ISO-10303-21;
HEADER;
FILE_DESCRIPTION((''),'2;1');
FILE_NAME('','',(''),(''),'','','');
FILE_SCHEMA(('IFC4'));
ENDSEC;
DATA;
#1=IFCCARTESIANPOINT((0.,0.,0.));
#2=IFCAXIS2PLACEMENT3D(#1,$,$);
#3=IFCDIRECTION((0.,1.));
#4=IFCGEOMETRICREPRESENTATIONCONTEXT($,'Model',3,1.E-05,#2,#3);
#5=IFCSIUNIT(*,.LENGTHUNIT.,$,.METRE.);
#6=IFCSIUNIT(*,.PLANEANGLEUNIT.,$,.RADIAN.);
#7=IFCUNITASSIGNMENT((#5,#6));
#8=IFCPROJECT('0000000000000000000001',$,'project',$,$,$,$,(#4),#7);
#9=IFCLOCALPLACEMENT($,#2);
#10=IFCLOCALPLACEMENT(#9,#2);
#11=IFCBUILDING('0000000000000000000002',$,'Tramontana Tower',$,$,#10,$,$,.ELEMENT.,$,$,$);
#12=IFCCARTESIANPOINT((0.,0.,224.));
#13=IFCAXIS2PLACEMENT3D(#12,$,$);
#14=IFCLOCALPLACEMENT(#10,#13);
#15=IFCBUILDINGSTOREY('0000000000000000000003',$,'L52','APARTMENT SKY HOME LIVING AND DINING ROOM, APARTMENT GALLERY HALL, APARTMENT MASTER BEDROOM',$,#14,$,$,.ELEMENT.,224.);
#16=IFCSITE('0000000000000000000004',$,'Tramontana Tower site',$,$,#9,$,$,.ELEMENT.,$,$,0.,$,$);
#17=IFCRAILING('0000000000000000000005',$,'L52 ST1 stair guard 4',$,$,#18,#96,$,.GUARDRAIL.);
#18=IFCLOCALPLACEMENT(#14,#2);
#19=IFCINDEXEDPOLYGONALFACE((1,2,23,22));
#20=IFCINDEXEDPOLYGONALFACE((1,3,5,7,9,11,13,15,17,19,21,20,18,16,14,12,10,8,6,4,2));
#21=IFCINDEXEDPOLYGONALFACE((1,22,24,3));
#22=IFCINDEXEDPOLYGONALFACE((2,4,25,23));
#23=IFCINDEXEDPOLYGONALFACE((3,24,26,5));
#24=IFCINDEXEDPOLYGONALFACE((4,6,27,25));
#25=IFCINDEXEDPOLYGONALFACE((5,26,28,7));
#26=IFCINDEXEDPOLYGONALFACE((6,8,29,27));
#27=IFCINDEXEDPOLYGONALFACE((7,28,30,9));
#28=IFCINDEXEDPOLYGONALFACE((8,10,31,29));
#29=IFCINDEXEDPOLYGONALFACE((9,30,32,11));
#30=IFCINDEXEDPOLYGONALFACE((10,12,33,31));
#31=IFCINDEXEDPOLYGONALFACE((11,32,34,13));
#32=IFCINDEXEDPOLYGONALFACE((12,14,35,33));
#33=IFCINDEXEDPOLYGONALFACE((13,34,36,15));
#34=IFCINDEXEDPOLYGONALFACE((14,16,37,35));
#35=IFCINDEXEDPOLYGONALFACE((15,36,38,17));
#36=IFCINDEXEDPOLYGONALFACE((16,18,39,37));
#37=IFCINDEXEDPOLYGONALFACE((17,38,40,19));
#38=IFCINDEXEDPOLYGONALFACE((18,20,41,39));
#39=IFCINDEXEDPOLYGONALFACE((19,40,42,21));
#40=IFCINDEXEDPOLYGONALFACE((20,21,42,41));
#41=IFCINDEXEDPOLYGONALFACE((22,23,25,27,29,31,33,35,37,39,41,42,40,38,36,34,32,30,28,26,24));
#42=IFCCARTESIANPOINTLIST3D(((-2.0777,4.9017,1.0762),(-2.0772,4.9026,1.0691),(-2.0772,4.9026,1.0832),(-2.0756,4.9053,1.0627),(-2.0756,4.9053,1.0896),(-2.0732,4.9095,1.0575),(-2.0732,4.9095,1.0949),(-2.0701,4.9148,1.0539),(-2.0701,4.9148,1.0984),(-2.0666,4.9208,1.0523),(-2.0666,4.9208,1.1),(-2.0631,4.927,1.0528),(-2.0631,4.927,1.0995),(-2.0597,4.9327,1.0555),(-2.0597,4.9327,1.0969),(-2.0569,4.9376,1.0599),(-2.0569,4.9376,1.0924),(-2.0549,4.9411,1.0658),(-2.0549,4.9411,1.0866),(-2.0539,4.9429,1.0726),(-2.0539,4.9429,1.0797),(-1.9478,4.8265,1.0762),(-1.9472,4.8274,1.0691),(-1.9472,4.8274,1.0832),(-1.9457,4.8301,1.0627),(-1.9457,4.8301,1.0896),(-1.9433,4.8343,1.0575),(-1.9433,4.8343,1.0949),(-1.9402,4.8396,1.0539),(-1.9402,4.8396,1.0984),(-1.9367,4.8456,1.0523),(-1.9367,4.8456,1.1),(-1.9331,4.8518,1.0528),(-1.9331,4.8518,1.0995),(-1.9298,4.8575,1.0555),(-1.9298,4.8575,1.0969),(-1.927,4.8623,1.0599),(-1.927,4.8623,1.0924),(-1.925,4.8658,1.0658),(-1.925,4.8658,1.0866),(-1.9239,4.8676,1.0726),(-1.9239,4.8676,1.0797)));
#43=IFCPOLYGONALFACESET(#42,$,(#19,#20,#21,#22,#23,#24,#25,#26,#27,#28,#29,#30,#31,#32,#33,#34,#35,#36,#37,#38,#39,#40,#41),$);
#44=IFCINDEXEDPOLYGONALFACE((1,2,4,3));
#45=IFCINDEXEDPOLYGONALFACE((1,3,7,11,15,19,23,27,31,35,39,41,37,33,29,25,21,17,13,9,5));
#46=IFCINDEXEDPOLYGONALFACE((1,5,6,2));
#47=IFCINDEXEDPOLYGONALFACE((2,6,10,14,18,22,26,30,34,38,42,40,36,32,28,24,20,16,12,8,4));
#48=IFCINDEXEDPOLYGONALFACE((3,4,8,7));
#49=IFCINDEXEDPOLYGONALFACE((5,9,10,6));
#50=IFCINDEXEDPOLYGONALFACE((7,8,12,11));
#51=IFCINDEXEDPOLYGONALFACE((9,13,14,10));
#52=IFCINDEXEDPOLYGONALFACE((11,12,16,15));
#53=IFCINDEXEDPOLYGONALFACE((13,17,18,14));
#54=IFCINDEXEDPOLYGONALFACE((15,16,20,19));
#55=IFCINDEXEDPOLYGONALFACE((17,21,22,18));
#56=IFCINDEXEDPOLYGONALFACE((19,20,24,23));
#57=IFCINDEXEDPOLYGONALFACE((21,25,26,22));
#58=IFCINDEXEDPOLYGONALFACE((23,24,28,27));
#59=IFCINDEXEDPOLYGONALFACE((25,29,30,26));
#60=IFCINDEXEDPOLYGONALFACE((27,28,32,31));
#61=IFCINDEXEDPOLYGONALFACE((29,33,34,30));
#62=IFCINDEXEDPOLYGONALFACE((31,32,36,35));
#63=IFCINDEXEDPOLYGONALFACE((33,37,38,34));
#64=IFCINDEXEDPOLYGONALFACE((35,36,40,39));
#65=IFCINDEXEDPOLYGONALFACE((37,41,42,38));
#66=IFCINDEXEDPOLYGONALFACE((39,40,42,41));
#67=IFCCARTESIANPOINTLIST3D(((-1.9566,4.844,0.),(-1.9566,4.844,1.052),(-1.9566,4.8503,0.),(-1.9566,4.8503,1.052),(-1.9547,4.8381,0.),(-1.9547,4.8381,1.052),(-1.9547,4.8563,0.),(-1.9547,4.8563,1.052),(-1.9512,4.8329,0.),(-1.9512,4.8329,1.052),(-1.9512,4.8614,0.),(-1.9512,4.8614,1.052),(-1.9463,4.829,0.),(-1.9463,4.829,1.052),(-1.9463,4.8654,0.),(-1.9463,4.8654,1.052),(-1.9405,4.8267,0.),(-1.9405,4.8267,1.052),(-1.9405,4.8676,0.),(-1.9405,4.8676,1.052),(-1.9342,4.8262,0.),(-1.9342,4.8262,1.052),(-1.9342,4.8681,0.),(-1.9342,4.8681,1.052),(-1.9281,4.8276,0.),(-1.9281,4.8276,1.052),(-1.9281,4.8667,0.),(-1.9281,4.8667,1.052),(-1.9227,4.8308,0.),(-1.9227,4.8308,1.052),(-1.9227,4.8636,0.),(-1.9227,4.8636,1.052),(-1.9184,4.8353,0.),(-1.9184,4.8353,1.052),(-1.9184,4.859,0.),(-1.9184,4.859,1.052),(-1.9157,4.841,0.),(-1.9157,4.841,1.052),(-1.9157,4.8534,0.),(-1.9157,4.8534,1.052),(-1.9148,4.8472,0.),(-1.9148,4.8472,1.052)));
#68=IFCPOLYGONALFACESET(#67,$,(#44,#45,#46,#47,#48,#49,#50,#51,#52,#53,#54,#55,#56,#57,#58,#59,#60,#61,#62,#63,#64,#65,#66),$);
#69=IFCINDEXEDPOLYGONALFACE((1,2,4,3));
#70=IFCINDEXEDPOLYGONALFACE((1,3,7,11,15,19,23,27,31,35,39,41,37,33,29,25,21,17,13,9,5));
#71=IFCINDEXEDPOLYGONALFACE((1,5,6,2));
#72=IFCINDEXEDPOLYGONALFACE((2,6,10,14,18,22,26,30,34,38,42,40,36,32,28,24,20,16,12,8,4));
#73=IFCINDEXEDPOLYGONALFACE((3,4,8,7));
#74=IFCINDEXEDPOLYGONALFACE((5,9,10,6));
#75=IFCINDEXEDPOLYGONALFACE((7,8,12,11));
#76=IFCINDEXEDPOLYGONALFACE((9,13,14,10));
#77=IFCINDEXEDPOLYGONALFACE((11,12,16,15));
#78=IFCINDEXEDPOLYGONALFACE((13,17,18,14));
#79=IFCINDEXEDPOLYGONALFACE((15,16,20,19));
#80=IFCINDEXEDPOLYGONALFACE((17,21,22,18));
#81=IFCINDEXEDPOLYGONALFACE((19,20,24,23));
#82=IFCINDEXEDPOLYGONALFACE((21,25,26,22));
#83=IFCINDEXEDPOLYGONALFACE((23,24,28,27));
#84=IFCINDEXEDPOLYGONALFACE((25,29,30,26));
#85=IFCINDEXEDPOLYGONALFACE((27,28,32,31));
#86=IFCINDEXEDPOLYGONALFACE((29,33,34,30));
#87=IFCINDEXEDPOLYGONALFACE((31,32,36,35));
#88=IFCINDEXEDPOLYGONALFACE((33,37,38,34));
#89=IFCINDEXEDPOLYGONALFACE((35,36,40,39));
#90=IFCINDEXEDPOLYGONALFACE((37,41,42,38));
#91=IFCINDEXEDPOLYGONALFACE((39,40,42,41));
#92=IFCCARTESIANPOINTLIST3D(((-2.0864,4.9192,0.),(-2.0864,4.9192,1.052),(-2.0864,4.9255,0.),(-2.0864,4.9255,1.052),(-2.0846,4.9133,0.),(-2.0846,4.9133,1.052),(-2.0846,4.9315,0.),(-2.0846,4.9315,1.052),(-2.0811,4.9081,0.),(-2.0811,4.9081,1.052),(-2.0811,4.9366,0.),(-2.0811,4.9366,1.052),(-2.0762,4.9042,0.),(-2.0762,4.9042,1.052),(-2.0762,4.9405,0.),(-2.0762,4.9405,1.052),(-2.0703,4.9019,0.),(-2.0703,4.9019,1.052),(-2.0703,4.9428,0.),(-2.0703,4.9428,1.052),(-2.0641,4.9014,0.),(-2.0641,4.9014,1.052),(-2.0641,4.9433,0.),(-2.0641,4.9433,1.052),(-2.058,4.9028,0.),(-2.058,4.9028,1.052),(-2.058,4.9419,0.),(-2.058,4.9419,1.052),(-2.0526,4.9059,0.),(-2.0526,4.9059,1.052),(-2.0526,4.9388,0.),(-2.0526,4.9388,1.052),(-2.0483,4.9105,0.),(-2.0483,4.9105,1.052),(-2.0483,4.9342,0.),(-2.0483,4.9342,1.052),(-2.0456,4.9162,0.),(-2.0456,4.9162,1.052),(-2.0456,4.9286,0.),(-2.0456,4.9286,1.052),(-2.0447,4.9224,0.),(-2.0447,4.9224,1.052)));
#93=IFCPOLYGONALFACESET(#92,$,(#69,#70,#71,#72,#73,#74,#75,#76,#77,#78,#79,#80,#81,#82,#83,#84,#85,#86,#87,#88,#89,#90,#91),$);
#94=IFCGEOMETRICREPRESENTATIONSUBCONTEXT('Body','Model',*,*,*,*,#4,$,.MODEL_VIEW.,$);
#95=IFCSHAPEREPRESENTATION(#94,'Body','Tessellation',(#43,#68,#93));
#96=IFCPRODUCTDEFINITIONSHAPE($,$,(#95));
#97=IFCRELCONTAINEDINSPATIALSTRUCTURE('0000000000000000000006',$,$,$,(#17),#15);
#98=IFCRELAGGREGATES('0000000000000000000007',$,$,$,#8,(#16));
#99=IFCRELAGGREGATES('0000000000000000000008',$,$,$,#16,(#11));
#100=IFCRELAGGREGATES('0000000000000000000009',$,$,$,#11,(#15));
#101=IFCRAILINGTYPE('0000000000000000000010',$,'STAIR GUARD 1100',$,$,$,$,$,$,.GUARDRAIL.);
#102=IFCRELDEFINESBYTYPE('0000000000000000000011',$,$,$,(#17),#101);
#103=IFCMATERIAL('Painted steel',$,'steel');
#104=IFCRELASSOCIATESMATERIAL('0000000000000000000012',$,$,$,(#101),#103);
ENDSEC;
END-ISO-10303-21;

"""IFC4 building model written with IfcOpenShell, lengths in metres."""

from ifc_helpers import new_model, si_unit, direction, frame, origin, origin_2d, place, context, subcontext, project, spatial, circle, extrude, material, type_object, element, save


model = new_model("IFC4")

# Units and contexts
model_context = context("Model", 3, precision=1e-05, world=origin(), true_north=direction((0.0, 1.0)))
body_context = subcontext(model_context, "Body", "Model", "MODEL_VIEW")
ifc_project = project(units=[si_unit("LENGTHUNIT", "METRE"), si_unit("PLANEANGLEUNIT", "RADIAN")], contexts=[model_context])

# Site, building, storey
site_placement = place(None, origin())
site = spatial("IfcSite", under=ifc_project, at=site_placement, Name="Tramontana Tower site", CompositionType="ELEMENT", RefElevation=0.0)
building_placement = place(site_placement, origin())
building = spatial("IfcBuilding", under=site, at=building_placement, Name="Tramontana Tower", CompositionType="ELEMENT")
storey_placement = place(building_placement, frame((0.0, 0.0, 224.0)))
storey = spatial("IfcBuildingStorey", under=building, at=storey_placement, Name="L52", Description="APARTMENT SKY HOME LIVING AND DINING ROOM, APARTMENT GALLERY HALL, APARTMENT MASTER BEDROOM", CompositionType="ELEMENT", Elevation=224.0)

# Railing
ifc_material_1 = material(Name="Painted steel", Category="steel")
railing_type = type_object("IfcRailingType", Name="STAIR GUARD 1100", PredefinedType="GUARDRAIL", material=ifc_material_1)
railing_1_placement = place(storey_placement, frame((-1.9358, 4.8472, 0.0)))
element("IfcRailing", 1, at=railing_1_placement, inside=storey, type_object=railing_type, Name="L52 ST1 stair guard 4", PredefinedType="GUARDRAIL", context=body_context, shape_type="SweptSolid", body=[
    extrude(circle(Radius=0.0239, at=origin_2d()), frame((0.0, 0.0, 1.0762), z_axis=(-0.865426, 0.501036, 0.0), x_axis=(-0.501036, -0.865426, 0.0)), (0.0, 0.0, 1.0), 0.1501),
    extrude(circle(Radius=0.021, at=origin_2d()), origin(), (0.0, 0.0, 1.0), 1.052),
    extrude(circle(Radius=0.021, at=origin_2d()), frame((-0.1299, 0.0752, 0.0)), (0.0, 0.0, 1.0), 1.052),
])

save(model, "model.ifc")
